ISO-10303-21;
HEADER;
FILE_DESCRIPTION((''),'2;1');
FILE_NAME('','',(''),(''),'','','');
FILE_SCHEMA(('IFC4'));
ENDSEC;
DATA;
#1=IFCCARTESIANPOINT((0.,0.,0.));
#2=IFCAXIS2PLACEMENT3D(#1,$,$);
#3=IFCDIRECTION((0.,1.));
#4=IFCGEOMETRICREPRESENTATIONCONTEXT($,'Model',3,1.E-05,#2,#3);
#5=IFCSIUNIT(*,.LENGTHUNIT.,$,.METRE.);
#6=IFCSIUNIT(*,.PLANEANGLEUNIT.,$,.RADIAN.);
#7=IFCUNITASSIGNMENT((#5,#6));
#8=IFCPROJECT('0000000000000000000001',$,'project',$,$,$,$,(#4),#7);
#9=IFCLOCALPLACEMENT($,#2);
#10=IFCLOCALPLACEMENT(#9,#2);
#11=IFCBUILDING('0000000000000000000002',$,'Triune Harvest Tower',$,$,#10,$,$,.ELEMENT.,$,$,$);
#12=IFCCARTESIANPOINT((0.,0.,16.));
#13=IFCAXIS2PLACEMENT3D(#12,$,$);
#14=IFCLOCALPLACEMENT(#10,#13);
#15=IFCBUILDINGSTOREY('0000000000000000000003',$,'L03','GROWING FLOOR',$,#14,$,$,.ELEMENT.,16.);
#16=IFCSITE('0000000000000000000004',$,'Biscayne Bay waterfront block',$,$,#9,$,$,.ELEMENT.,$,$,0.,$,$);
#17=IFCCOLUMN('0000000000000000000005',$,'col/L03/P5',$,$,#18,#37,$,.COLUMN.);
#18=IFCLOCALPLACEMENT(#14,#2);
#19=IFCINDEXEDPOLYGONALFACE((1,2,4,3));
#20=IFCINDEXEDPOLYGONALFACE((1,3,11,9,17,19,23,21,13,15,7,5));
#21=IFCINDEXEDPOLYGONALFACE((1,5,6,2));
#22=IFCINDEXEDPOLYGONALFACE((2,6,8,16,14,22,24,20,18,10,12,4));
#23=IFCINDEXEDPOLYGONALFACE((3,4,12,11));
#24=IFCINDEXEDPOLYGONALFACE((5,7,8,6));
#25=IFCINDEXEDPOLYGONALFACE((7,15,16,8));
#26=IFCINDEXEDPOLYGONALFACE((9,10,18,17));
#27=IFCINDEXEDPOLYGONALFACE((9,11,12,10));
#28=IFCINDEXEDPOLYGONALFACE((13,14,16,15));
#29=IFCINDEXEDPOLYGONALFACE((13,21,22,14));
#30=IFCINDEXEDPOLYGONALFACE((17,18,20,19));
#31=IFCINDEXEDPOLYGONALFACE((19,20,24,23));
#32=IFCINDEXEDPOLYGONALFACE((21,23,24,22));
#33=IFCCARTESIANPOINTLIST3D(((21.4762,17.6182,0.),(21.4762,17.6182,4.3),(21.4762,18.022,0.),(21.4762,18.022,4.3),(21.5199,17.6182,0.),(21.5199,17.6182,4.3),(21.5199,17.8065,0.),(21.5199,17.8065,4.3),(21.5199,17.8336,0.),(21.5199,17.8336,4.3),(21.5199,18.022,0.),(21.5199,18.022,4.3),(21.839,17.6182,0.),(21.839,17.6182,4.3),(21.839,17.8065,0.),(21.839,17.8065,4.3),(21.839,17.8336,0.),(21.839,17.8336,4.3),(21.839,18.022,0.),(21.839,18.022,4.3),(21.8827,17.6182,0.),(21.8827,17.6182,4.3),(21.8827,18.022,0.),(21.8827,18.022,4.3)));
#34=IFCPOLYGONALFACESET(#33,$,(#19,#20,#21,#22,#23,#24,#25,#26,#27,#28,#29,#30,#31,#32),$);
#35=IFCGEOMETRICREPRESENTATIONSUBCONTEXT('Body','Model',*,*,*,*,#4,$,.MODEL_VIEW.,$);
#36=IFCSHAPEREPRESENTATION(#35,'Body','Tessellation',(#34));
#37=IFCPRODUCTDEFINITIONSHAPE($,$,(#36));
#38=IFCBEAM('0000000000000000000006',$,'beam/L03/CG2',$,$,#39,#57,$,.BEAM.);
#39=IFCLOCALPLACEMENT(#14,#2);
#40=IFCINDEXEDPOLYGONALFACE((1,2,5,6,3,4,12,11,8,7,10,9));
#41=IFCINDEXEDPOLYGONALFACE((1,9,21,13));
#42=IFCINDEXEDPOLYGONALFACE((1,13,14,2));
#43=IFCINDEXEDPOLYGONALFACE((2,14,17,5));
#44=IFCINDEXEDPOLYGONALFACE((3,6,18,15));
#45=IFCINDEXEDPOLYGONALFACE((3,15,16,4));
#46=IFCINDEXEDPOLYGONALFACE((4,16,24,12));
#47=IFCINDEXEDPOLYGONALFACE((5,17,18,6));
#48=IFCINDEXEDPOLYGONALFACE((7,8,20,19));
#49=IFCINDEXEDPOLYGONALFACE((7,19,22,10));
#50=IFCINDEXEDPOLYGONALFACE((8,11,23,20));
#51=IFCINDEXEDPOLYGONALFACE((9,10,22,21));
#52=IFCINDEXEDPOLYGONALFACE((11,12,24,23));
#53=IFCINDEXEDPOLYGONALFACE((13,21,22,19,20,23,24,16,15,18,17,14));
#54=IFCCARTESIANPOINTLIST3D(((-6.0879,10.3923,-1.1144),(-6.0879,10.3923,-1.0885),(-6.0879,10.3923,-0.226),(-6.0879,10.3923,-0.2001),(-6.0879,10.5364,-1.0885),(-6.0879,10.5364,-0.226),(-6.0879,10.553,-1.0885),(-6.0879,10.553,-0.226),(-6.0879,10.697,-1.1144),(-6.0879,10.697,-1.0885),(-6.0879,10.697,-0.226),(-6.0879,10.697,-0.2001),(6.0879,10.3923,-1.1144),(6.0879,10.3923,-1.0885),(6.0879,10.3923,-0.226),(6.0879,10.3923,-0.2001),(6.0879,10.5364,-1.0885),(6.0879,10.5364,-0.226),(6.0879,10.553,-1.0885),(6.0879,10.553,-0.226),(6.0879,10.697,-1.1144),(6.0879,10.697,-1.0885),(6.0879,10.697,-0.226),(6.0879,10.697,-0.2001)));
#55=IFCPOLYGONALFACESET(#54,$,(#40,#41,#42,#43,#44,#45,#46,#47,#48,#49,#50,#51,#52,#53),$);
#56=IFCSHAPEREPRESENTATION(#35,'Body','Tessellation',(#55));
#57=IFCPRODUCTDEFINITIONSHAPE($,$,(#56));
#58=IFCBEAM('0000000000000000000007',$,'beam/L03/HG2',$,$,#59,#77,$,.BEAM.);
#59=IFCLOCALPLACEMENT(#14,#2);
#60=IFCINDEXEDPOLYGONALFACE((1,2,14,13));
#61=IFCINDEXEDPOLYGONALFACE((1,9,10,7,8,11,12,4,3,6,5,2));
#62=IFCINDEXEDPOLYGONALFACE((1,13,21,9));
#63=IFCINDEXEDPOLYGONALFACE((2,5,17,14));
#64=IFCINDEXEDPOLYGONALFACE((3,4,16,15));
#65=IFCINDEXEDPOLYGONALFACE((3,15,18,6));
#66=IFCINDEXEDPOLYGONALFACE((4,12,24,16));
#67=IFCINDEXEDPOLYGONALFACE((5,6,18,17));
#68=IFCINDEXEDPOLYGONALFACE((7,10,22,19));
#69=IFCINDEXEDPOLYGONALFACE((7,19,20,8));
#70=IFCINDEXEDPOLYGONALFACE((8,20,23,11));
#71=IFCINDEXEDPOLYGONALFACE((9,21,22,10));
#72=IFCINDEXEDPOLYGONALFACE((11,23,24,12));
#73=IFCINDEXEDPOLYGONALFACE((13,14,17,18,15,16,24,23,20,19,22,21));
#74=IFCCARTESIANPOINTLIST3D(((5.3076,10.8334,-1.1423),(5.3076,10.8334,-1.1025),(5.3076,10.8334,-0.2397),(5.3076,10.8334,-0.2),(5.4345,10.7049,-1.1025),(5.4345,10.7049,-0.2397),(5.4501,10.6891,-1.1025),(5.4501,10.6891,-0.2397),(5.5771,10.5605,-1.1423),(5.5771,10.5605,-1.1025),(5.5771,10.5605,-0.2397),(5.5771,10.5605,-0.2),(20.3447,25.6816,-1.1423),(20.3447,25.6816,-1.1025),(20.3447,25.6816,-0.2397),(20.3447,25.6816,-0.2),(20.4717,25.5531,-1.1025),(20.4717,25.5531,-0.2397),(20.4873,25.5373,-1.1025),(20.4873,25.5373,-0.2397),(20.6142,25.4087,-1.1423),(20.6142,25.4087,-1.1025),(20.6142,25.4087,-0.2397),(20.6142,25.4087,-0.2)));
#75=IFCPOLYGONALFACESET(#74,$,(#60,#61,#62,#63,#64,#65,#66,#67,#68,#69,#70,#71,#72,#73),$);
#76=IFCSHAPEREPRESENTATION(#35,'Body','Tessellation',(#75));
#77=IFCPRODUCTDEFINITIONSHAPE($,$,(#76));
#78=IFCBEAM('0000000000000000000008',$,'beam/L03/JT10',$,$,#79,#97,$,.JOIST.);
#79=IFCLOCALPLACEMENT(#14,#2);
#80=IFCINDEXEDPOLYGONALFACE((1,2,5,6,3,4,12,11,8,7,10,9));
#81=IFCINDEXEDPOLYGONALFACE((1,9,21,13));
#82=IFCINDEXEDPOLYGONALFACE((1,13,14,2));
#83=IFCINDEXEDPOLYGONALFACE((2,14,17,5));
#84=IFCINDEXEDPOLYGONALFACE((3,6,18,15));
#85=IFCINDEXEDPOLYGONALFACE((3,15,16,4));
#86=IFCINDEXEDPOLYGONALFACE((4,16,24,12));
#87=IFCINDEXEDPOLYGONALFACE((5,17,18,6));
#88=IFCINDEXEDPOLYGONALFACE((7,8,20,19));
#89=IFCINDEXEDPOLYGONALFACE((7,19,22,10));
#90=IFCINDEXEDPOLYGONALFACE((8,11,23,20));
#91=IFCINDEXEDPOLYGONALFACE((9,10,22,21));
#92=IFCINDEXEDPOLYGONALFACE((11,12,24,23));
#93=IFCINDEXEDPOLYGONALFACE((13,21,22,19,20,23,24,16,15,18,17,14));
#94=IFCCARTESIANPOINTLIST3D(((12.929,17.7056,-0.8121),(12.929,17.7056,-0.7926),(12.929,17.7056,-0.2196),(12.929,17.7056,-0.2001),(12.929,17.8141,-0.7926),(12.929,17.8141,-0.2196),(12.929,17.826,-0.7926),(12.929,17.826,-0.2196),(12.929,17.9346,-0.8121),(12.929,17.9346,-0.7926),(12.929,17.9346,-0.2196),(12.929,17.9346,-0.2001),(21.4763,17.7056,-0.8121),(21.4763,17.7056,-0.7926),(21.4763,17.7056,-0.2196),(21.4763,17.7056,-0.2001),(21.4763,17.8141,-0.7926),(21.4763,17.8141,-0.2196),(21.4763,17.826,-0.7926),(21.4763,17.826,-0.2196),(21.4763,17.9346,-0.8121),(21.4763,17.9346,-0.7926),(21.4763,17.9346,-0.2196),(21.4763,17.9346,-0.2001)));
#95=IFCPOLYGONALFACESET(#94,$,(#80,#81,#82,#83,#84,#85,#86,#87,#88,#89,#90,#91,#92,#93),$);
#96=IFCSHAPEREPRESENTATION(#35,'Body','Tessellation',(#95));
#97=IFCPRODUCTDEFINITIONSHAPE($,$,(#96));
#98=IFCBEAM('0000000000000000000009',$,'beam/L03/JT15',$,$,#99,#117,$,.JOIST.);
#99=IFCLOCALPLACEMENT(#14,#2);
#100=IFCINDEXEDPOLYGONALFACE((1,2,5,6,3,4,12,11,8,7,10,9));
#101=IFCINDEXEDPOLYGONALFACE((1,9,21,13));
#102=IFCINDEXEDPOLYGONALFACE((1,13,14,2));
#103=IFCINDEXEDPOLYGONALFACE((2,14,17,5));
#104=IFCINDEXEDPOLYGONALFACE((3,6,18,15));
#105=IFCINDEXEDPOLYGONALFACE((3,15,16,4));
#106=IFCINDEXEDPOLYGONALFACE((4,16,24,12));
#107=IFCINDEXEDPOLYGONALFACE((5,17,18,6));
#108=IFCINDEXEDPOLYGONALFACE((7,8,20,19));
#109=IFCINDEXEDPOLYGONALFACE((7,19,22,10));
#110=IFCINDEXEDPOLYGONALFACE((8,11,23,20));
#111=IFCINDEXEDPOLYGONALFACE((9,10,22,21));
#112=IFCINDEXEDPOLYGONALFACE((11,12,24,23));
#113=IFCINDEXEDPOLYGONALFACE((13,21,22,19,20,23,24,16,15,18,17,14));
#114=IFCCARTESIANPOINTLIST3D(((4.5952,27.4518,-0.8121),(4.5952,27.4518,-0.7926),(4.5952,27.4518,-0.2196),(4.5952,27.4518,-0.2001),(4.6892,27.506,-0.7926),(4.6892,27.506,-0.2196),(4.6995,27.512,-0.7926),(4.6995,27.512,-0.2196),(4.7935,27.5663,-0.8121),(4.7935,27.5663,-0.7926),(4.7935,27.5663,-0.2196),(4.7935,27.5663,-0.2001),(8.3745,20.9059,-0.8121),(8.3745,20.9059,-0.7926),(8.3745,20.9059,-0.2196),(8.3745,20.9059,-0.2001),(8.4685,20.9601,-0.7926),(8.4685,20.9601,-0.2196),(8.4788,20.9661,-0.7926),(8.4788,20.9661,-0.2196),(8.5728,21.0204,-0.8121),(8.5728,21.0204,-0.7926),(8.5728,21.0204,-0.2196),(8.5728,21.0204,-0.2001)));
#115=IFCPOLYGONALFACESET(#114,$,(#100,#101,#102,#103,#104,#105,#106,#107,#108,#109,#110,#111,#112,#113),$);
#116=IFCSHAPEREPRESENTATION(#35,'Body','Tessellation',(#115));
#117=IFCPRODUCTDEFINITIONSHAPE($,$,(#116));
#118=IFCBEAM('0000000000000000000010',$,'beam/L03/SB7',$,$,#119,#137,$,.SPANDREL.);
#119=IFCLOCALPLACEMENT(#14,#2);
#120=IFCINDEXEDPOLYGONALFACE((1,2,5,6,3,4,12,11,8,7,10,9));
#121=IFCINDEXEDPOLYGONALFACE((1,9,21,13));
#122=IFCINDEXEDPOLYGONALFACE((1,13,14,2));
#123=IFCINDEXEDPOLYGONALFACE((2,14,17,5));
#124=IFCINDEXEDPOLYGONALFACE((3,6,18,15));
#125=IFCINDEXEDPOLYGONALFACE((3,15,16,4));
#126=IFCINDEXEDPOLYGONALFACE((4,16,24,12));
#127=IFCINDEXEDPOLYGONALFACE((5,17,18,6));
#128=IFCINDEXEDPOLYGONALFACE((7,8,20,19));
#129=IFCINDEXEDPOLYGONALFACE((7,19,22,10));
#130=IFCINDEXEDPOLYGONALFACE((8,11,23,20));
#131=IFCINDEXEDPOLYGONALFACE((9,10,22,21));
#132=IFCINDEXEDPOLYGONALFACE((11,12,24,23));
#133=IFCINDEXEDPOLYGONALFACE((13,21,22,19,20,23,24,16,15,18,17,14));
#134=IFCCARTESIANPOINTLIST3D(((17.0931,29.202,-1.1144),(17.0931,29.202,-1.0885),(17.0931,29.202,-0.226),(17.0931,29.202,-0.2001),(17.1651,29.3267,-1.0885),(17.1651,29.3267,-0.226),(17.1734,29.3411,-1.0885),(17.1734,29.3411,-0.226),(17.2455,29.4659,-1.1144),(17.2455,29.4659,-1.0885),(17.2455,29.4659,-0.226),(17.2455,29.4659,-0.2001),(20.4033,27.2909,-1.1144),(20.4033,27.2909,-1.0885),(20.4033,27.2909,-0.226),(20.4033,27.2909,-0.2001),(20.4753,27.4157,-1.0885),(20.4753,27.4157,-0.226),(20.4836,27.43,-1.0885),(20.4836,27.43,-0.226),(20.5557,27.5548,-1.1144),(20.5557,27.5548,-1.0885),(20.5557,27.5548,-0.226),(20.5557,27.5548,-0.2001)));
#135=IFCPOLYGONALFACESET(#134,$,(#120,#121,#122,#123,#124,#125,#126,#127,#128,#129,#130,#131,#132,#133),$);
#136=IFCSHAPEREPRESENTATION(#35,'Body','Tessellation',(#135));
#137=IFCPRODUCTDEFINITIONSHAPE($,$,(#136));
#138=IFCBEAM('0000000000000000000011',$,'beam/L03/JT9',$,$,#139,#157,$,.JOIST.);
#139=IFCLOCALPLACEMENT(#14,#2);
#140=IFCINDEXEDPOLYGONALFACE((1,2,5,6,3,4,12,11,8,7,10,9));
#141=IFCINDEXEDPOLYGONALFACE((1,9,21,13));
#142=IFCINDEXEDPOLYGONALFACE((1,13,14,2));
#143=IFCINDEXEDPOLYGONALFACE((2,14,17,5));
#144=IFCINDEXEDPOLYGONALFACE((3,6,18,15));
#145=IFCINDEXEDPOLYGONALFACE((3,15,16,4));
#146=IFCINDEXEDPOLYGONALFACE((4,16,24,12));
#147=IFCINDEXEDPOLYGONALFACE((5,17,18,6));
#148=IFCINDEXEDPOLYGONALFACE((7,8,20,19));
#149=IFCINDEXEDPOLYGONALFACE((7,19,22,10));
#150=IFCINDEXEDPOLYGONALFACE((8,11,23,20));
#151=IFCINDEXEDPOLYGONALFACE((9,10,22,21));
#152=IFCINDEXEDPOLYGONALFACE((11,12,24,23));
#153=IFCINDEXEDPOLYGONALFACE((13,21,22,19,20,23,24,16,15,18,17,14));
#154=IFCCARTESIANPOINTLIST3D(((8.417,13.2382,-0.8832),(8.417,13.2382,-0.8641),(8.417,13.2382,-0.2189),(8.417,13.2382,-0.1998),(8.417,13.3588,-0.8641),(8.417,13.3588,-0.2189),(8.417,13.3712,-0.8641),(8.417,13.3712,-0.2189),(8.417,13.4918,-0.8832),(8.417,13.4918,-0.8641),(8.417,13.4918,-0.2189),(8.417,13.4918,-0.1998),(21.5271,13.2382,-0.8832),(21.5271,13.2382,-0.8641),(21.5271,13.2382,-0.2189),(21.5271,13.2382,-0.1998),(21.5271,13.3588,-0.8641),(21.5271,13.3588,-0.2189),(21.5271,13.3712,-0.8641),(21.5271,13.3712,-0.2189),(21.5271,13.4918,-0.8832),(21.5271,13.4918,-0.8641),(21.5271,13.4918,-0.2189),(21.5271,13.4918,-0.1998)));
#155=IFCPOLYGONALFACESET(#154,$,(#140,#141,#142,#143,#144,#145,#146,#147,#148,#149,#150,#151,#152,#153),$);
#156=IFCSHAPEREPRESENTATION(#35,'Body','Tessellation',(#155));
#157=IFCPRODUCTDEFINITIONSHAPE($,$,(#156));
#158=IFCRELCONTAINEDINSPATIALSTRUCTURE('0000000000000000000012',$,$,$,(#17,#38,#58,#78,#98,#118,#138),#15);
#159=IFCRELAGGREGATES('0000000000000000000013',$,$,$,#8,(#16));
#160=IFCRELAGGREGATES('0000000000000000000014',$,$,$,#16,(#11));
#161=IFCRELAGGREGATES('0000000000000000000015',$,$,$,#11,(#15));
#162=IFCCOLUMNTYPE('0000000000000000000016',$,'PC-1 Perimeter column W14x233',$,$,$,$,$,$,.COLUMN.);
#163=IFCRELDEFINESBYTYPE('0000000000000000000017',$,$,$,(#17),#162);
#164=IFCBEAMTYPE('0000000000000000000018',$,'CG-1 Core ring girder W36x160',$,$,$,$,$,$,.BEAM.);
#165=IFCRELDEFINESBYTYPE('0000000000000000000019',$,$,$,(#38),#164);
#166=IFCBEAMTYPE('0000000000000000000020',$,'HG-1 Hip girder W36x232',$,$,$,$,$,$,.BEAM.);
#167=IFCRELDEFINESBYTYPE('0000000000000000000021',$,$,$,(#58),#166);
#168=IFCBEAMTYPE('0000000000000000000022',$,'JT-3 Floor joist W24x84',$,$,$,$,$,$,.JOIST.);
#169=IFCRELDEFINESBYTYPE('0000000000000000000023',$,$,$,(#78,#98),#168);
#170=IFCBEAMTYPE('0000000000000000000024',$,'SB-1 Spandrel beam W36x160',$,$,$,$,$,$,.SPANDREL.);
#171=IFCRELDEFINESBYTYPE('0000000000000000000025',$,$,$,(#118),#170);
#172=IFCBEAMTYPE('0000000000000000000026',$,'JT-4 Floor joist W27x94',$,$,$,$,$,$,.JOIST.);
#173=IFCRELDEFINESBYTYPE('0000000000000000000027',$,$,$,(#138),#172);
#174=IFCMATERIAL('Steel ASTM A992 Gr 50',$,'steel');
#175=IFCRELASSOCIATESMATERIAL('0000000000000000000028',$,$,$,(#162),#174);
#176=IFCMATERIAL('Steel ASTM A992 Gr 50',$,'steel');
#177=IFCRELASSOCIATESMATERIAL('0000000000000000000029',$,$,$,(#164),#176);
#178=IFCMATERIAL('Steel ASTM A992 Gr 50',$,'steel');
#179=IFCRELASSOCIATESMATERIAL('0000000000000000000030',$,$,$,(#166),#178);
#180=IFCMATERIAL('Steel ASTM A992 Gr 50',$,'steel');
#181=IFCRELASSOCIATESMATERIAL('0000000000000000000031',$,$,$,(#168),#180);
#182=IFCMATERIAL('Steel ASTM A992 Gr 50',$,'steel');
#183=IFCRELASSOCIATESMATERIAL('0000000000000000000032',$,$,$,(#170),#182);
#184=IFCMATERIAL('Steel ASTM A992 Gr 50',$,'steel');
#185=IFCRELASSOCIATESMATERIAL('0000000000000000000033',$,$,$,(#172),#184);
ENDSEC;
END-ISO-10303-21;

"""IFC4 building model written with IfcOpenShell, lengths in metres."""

from ifc_helpers import new_model, si_unit, direction, frame, origin, origin_2d, place, context, subcontext, project, spatial, i_section, extrude, source, transform, mapped, material, material_profile, profile_set, type_object, element, save


model = new_model("IFC4")

# Units and contexts
model_context = context("Model", 3, precision=1e-05, world=origin(), true_north=direction((0.0, 1.0)))
body_context = subcontext(model_context, "Body", "Model", "MODEL_VIEW")
ifc_project = project(units=[si_unit("LENGTHUNIT", "METRE"), si_unit("PLANEANGLEUNIT", "RADIAN")], contexts=[model_context])

# Site, building, storey
site_placement = place(None, origin())
site = spatial("IfcSite", under=ifc_project, at=site_placement, Name="Biscayne Bay waterfront block", CompositionType="ELEMENT", RefElevation=0.0)
building_placement = place(site_placement, origin())
building = spatial("IfcBuilding", under=site, at=building_placement, Name="Triune Harvest Tower", CompositionType="ELEMENT")
storey_placement = place(building_placement, frame((0.0, 0.0, 16.0)))
storey = spatial("IfcBuildingStorey", under=building, at=storey_placement, Name="L03", Description="GROWING FLOOR", CompositionType="ELEMENT", Elevation=16.0)

# Column
ifc_material_1 = material(Name="Steel ASTM A992 Gr 50", Category="steel")
ifc_material_profile_1 = material_profile(ifc_material_1, i_section(OverallWidth=0.4038, OverallDepth=0.4065, WebThickness=0.0271, FlangeThickness=0.0437, at=origin_2d()), Name="W14x233")
ifc_profile_set_1 = profile_set([ifc_material_profile_1], Name="Steel ASTM A992 Gr 50")
column_type = type_object("IfcColumnType", Name="PC-1 Perimeter column W14x233", PredefinedType="COLUMN", material=ifc_profile_set_1)
shared_shape_1 = source(origin(), body_context, "Body", "SweptSolid", [
    extrude(i_section(OverallWidth=0.4038, OverallDepth=0.4065, WebThickness=0.0271, FlangeThickness=0.0437, at=origin_2d()), origin(), (0.0, 0.0, 1.0), 4.3),
])
column_placement = place(storey_placement, frame((21.6794, 17.8201, 0.0), z_axis=(0.0, 0.0, 1.0), x_axis=(0.0, 1.0, 0.0)))
element("IfcColumn", 1, at=column_placement, inside=storey, type_object=column_type, Name="col/L03/P5", PredefinedType="COLUMN", context=body_context, shape_type="MappedRepresentation", body=[
    mapped(shared_shape_1, transform((0.0, 0.0, 0.0), scale=1.0)),
])

# Beams
ifc_material_2 = material(Name="Steel ASTM A992 Gr 50", Category="steel")
ifc_material_profile_2 = material_profile(ifc_material_2, i_section(OverallWidth=0.3047, OverallDepth=0.9143, WebThickness=0.0166, FlangeThickness=0.0259, at=origin_2d()), Name="W36x160")
ifc_profile_set_2 = profile_set([ifc_material_profile_2], Name="Steel ASTM A992 Gr 50")
beam_type_1 = type_object("IfcBeamType", Name="CG-1 Core ring girder W36x160", PredefinedType="BEAM", material=ifc_profile_set_2)
shared_shape_2 = source(origin(), body_context, "Body", "SweptSolid", [
    extrude(i_section(OverallWidth=0.3047, OverallDepth=0.9143, WebThickness=0.0166, FlangeThickness=0.0259, at=origin_2d()), origin(), (0.0, 0.0, 1.0), 12.1758),
])
beam_1_placement = place(storey_placement, frame((6.0879, 10.5447, -0.6572), z_axis=(-1.0, 0.0, 0.0), x_axis=(0.0, -1.0, 0.0)))
element("IfcBeam", 2, at=beam_1_placement, inside=storey, type_object=beam_type_1, Name="beam/L03/CG2", PredefinedType="BEAM", context=body_context, shape_type="MappedRepresentation", body=[
    mapped(shared_shape_2, transform((0.0, 0.0, 0.0), scale=1.0)),
])
ifc_material_3 = material(Name="Steel ASTM A992 Gr 50", Category="steel")
ifc_material_profile_3 = material_profile(ifc_material_3, i_section(OverallWidth=0.3835, OverallDepth=0.9424, WebThickness=0.0222, FlangeThickness=0.0398, at=origin_2d()), Name="W36x232")
ifc_profile_set_3 = profile_set([ifc_material_profile_3], Name="Steel ASTM A992 Gr 50")
beam_type_2 = type_object("IfcBeamType", Name="HG-1 Hip girder W36x232", PredefinedType="BEAM", material=ifc_profile_set_3)
shared_shape_3 = source(origin(), body_context, "Body", "SweptSolid", [
    extrude(i_section(OverallWidth=0.3835, OverallDepth=0.9424, WebThickness=0.0222, FlangeThickness=0.0398, at=origin_2d()), origin(), (0.0, 0.0, 1.0), 21.1326),
])
beam_2_placement = place(storey_placement, frame((20.4795, 25.5452, -0.6711), z_axis=(-0.711564, -0.702622, 0.0), x_axis=(0.702622, -0.711564, 0.0)))
element("IfcBeam", 3, at=beam_2_placement, inside=storey, type_object=beam_type_2, Name="beam/L03/HG2", PredefinedType="BEAM", context=body_context, shape_type="MappedRepresentation", body=[
    mapped(shared_shape_3, transform((0.0, 0.0, 0.0), scale=1.0)),
])
ifc_material_4 = material(Name="Steel ASTM A992 Gr 50", Category="steel")
ifc_material_profile_4 = material_profile(ifc_material_4, i_section(OverallWidth=0.229, OverallDepth=0.6121, WebThickness=0.012, FlangeThickness=0.0195, at=origin_2d()), Name="W24x84")
ifc_profile_set_4 = profile_set([ifc_material_profile_4], Name="Steel ASTM A992 Gr 50")
beam_type_3 = type_object("IfcBeamType", Name="JT-3 Floor joist W24x84", PredefinedType="JOIST", material=ifc_profile_set_4)
shared_shape_4 = source(origin(), body_context, "Body", "SweptSolid", [
    extrude(i_section(OverallWidth=0.229, OverallDepth=0.6121, WebThickness=0.012, FlangeThickness=0.0195, at=origin_2d()), origin(), (0.0, 0.0, 1.0), 8.5474),
])
beam_3_placement = place(storey_placement, frame((21.4763, 17.8201, -0.5061), z_axis=(-1.0, 0.0, 0.0), x_axis=(0.0, -1.0, 0.0)))
element("IfcBeam", 4, at=beam_3_placement, inside=storey, type_object=beam_type_3, Name="beam/L03/JT10", PredefinedType="JOIST", context=body_context, shape_type="MappedRepresentation", body=[
    mapped(shared_shape_4, transform((0.0, 0.0, 0.0), scale=1.0)),
])
shared_shape_5 = source(origin(), body_context, "Body", "SweptSolid", [
    extrude(i_section(OverallWidth=0.229, OverallDepth=0.6121, WebThickness=0.012, FlangeThickness=0.0195, at=origin_2d()), origin(), (0.0, 0.0, 1.0), 7.5586),
])
beam_4_placement = place(storey_placement, frame((4.6943, 27.509, -0.5061), z_axis=(0.500002, -0.866024, 0.0), x_axis=(0.866024, 0.500002, 0.0)))
element("IfcBeam", 5, at=beam_4_placement, inside=storey, type_object=beam_type_3, Name="beam/L03/JT15", PredefinedType="JOIST", context=body_context, shape_type="MappedRepresentation", body=[
    mapped(shared_shape_5, transform((0.0, 0.0, 0.0), scale=1.0)),
])
ifc_material_5 = material(Name="Steel ASTM A992 Gr 50", Category="steel")
ifc_material_profile_5 = material_profile(ifc_material_5, i_section(OverallWidth=0.3047, OverallDepth=0.9143, WebThickness=0.0166, FlangeThickness=0.0259, at=origin_2d()), Name="W36x160")
ifc_profile_set_5 = profile_set([ifc_material_profile_5], Name="Steel ASTM A992 Gr 50")
beam_type_4 = type_object("IfcBeamType", Name="SB-1 Spandrel beam W36x160", PredefinedType="SPANDREL", material=ifc_profile_set_5)
shared_shape_6 = source(origin(), body_context, "Body", "SweptSolid", [
    extrude(i_section(OverallWidth=0.3047, OverallDepth=0.9143, WebThickness=0.0166, FlangeThickness=0.0259, at=origin_2d()), origin(), (0.0, 0.0, 1.0), 3.8223),
])
beam_5_placement = place(storey_placement, frame((20.4795, 27.4229, -0.6572), z_axis=(-0.866033, 0.499986, 0.0), x_axis=(-0.499986, -0.866033, 0.0)))
element("IfcBeam", 6, at=beam_5_placement, inside=storey, type_object=beam_type_4, Name="beam/L03/SB7", PredefinedType="SPANDREL", context=body_context, shape_type="MappedRepresentation", body=[
    mapped(shared_shape_6, transform((0.0, 0.0, 0.0), scale=1.0)),
])
ifc_material_6 = material(Name="Steel ASTM A992 Gr 50", Category="steel")
ifc_material_profile_6 = material_profile(ifc_material_6, i_section(OverallWidth=0.2537, OverallDepth=0.6833, WebThickness=0.0125, FlangeThickness=0.019, at=origin_2d()), Name="W27x94")
ifc_profile_set_6 = profile_set([ifc_material_profile_6], Name="Steel ASTM A992 Gr 50")
beam_type_5 = type_object("IfcBeamType", Name="JT-4 Floor joist W27x94", PredefinedType="JOIST", material=ifc_profile_set_6)
shared_shape_7 = source(origin(), body_context, "Body", "SweptSolid", [
    extrude(i_section(OverallWidth=0.2537, OverallDepth=0.6833, WebThickness=0.0125, FlangeThickness=0.019, at=origin_2d()), origin(), (0.0, 0.0, 1.0), 13.1101),
])
beam_6_placement = place(storey_placement, frame((21.5271, 13.365, -0.5415), z_axis=(-1.0, 0.0, 0.0), x_axis=(0.0, -1.0, 0.0)))
element("IfcBeam", 7, at=beam_6_placement, inside=storey, type_object=beam_type_5, Name="beam/L03/JT9", PredefinedType="JOIST", context=body_context, shape_type="MappedRepresentation", body=[
    mapped(shared_shape_7, transform((0.0, 0.0, 0.0), scale=1.0)),
])

save(model, "model.ifc")
